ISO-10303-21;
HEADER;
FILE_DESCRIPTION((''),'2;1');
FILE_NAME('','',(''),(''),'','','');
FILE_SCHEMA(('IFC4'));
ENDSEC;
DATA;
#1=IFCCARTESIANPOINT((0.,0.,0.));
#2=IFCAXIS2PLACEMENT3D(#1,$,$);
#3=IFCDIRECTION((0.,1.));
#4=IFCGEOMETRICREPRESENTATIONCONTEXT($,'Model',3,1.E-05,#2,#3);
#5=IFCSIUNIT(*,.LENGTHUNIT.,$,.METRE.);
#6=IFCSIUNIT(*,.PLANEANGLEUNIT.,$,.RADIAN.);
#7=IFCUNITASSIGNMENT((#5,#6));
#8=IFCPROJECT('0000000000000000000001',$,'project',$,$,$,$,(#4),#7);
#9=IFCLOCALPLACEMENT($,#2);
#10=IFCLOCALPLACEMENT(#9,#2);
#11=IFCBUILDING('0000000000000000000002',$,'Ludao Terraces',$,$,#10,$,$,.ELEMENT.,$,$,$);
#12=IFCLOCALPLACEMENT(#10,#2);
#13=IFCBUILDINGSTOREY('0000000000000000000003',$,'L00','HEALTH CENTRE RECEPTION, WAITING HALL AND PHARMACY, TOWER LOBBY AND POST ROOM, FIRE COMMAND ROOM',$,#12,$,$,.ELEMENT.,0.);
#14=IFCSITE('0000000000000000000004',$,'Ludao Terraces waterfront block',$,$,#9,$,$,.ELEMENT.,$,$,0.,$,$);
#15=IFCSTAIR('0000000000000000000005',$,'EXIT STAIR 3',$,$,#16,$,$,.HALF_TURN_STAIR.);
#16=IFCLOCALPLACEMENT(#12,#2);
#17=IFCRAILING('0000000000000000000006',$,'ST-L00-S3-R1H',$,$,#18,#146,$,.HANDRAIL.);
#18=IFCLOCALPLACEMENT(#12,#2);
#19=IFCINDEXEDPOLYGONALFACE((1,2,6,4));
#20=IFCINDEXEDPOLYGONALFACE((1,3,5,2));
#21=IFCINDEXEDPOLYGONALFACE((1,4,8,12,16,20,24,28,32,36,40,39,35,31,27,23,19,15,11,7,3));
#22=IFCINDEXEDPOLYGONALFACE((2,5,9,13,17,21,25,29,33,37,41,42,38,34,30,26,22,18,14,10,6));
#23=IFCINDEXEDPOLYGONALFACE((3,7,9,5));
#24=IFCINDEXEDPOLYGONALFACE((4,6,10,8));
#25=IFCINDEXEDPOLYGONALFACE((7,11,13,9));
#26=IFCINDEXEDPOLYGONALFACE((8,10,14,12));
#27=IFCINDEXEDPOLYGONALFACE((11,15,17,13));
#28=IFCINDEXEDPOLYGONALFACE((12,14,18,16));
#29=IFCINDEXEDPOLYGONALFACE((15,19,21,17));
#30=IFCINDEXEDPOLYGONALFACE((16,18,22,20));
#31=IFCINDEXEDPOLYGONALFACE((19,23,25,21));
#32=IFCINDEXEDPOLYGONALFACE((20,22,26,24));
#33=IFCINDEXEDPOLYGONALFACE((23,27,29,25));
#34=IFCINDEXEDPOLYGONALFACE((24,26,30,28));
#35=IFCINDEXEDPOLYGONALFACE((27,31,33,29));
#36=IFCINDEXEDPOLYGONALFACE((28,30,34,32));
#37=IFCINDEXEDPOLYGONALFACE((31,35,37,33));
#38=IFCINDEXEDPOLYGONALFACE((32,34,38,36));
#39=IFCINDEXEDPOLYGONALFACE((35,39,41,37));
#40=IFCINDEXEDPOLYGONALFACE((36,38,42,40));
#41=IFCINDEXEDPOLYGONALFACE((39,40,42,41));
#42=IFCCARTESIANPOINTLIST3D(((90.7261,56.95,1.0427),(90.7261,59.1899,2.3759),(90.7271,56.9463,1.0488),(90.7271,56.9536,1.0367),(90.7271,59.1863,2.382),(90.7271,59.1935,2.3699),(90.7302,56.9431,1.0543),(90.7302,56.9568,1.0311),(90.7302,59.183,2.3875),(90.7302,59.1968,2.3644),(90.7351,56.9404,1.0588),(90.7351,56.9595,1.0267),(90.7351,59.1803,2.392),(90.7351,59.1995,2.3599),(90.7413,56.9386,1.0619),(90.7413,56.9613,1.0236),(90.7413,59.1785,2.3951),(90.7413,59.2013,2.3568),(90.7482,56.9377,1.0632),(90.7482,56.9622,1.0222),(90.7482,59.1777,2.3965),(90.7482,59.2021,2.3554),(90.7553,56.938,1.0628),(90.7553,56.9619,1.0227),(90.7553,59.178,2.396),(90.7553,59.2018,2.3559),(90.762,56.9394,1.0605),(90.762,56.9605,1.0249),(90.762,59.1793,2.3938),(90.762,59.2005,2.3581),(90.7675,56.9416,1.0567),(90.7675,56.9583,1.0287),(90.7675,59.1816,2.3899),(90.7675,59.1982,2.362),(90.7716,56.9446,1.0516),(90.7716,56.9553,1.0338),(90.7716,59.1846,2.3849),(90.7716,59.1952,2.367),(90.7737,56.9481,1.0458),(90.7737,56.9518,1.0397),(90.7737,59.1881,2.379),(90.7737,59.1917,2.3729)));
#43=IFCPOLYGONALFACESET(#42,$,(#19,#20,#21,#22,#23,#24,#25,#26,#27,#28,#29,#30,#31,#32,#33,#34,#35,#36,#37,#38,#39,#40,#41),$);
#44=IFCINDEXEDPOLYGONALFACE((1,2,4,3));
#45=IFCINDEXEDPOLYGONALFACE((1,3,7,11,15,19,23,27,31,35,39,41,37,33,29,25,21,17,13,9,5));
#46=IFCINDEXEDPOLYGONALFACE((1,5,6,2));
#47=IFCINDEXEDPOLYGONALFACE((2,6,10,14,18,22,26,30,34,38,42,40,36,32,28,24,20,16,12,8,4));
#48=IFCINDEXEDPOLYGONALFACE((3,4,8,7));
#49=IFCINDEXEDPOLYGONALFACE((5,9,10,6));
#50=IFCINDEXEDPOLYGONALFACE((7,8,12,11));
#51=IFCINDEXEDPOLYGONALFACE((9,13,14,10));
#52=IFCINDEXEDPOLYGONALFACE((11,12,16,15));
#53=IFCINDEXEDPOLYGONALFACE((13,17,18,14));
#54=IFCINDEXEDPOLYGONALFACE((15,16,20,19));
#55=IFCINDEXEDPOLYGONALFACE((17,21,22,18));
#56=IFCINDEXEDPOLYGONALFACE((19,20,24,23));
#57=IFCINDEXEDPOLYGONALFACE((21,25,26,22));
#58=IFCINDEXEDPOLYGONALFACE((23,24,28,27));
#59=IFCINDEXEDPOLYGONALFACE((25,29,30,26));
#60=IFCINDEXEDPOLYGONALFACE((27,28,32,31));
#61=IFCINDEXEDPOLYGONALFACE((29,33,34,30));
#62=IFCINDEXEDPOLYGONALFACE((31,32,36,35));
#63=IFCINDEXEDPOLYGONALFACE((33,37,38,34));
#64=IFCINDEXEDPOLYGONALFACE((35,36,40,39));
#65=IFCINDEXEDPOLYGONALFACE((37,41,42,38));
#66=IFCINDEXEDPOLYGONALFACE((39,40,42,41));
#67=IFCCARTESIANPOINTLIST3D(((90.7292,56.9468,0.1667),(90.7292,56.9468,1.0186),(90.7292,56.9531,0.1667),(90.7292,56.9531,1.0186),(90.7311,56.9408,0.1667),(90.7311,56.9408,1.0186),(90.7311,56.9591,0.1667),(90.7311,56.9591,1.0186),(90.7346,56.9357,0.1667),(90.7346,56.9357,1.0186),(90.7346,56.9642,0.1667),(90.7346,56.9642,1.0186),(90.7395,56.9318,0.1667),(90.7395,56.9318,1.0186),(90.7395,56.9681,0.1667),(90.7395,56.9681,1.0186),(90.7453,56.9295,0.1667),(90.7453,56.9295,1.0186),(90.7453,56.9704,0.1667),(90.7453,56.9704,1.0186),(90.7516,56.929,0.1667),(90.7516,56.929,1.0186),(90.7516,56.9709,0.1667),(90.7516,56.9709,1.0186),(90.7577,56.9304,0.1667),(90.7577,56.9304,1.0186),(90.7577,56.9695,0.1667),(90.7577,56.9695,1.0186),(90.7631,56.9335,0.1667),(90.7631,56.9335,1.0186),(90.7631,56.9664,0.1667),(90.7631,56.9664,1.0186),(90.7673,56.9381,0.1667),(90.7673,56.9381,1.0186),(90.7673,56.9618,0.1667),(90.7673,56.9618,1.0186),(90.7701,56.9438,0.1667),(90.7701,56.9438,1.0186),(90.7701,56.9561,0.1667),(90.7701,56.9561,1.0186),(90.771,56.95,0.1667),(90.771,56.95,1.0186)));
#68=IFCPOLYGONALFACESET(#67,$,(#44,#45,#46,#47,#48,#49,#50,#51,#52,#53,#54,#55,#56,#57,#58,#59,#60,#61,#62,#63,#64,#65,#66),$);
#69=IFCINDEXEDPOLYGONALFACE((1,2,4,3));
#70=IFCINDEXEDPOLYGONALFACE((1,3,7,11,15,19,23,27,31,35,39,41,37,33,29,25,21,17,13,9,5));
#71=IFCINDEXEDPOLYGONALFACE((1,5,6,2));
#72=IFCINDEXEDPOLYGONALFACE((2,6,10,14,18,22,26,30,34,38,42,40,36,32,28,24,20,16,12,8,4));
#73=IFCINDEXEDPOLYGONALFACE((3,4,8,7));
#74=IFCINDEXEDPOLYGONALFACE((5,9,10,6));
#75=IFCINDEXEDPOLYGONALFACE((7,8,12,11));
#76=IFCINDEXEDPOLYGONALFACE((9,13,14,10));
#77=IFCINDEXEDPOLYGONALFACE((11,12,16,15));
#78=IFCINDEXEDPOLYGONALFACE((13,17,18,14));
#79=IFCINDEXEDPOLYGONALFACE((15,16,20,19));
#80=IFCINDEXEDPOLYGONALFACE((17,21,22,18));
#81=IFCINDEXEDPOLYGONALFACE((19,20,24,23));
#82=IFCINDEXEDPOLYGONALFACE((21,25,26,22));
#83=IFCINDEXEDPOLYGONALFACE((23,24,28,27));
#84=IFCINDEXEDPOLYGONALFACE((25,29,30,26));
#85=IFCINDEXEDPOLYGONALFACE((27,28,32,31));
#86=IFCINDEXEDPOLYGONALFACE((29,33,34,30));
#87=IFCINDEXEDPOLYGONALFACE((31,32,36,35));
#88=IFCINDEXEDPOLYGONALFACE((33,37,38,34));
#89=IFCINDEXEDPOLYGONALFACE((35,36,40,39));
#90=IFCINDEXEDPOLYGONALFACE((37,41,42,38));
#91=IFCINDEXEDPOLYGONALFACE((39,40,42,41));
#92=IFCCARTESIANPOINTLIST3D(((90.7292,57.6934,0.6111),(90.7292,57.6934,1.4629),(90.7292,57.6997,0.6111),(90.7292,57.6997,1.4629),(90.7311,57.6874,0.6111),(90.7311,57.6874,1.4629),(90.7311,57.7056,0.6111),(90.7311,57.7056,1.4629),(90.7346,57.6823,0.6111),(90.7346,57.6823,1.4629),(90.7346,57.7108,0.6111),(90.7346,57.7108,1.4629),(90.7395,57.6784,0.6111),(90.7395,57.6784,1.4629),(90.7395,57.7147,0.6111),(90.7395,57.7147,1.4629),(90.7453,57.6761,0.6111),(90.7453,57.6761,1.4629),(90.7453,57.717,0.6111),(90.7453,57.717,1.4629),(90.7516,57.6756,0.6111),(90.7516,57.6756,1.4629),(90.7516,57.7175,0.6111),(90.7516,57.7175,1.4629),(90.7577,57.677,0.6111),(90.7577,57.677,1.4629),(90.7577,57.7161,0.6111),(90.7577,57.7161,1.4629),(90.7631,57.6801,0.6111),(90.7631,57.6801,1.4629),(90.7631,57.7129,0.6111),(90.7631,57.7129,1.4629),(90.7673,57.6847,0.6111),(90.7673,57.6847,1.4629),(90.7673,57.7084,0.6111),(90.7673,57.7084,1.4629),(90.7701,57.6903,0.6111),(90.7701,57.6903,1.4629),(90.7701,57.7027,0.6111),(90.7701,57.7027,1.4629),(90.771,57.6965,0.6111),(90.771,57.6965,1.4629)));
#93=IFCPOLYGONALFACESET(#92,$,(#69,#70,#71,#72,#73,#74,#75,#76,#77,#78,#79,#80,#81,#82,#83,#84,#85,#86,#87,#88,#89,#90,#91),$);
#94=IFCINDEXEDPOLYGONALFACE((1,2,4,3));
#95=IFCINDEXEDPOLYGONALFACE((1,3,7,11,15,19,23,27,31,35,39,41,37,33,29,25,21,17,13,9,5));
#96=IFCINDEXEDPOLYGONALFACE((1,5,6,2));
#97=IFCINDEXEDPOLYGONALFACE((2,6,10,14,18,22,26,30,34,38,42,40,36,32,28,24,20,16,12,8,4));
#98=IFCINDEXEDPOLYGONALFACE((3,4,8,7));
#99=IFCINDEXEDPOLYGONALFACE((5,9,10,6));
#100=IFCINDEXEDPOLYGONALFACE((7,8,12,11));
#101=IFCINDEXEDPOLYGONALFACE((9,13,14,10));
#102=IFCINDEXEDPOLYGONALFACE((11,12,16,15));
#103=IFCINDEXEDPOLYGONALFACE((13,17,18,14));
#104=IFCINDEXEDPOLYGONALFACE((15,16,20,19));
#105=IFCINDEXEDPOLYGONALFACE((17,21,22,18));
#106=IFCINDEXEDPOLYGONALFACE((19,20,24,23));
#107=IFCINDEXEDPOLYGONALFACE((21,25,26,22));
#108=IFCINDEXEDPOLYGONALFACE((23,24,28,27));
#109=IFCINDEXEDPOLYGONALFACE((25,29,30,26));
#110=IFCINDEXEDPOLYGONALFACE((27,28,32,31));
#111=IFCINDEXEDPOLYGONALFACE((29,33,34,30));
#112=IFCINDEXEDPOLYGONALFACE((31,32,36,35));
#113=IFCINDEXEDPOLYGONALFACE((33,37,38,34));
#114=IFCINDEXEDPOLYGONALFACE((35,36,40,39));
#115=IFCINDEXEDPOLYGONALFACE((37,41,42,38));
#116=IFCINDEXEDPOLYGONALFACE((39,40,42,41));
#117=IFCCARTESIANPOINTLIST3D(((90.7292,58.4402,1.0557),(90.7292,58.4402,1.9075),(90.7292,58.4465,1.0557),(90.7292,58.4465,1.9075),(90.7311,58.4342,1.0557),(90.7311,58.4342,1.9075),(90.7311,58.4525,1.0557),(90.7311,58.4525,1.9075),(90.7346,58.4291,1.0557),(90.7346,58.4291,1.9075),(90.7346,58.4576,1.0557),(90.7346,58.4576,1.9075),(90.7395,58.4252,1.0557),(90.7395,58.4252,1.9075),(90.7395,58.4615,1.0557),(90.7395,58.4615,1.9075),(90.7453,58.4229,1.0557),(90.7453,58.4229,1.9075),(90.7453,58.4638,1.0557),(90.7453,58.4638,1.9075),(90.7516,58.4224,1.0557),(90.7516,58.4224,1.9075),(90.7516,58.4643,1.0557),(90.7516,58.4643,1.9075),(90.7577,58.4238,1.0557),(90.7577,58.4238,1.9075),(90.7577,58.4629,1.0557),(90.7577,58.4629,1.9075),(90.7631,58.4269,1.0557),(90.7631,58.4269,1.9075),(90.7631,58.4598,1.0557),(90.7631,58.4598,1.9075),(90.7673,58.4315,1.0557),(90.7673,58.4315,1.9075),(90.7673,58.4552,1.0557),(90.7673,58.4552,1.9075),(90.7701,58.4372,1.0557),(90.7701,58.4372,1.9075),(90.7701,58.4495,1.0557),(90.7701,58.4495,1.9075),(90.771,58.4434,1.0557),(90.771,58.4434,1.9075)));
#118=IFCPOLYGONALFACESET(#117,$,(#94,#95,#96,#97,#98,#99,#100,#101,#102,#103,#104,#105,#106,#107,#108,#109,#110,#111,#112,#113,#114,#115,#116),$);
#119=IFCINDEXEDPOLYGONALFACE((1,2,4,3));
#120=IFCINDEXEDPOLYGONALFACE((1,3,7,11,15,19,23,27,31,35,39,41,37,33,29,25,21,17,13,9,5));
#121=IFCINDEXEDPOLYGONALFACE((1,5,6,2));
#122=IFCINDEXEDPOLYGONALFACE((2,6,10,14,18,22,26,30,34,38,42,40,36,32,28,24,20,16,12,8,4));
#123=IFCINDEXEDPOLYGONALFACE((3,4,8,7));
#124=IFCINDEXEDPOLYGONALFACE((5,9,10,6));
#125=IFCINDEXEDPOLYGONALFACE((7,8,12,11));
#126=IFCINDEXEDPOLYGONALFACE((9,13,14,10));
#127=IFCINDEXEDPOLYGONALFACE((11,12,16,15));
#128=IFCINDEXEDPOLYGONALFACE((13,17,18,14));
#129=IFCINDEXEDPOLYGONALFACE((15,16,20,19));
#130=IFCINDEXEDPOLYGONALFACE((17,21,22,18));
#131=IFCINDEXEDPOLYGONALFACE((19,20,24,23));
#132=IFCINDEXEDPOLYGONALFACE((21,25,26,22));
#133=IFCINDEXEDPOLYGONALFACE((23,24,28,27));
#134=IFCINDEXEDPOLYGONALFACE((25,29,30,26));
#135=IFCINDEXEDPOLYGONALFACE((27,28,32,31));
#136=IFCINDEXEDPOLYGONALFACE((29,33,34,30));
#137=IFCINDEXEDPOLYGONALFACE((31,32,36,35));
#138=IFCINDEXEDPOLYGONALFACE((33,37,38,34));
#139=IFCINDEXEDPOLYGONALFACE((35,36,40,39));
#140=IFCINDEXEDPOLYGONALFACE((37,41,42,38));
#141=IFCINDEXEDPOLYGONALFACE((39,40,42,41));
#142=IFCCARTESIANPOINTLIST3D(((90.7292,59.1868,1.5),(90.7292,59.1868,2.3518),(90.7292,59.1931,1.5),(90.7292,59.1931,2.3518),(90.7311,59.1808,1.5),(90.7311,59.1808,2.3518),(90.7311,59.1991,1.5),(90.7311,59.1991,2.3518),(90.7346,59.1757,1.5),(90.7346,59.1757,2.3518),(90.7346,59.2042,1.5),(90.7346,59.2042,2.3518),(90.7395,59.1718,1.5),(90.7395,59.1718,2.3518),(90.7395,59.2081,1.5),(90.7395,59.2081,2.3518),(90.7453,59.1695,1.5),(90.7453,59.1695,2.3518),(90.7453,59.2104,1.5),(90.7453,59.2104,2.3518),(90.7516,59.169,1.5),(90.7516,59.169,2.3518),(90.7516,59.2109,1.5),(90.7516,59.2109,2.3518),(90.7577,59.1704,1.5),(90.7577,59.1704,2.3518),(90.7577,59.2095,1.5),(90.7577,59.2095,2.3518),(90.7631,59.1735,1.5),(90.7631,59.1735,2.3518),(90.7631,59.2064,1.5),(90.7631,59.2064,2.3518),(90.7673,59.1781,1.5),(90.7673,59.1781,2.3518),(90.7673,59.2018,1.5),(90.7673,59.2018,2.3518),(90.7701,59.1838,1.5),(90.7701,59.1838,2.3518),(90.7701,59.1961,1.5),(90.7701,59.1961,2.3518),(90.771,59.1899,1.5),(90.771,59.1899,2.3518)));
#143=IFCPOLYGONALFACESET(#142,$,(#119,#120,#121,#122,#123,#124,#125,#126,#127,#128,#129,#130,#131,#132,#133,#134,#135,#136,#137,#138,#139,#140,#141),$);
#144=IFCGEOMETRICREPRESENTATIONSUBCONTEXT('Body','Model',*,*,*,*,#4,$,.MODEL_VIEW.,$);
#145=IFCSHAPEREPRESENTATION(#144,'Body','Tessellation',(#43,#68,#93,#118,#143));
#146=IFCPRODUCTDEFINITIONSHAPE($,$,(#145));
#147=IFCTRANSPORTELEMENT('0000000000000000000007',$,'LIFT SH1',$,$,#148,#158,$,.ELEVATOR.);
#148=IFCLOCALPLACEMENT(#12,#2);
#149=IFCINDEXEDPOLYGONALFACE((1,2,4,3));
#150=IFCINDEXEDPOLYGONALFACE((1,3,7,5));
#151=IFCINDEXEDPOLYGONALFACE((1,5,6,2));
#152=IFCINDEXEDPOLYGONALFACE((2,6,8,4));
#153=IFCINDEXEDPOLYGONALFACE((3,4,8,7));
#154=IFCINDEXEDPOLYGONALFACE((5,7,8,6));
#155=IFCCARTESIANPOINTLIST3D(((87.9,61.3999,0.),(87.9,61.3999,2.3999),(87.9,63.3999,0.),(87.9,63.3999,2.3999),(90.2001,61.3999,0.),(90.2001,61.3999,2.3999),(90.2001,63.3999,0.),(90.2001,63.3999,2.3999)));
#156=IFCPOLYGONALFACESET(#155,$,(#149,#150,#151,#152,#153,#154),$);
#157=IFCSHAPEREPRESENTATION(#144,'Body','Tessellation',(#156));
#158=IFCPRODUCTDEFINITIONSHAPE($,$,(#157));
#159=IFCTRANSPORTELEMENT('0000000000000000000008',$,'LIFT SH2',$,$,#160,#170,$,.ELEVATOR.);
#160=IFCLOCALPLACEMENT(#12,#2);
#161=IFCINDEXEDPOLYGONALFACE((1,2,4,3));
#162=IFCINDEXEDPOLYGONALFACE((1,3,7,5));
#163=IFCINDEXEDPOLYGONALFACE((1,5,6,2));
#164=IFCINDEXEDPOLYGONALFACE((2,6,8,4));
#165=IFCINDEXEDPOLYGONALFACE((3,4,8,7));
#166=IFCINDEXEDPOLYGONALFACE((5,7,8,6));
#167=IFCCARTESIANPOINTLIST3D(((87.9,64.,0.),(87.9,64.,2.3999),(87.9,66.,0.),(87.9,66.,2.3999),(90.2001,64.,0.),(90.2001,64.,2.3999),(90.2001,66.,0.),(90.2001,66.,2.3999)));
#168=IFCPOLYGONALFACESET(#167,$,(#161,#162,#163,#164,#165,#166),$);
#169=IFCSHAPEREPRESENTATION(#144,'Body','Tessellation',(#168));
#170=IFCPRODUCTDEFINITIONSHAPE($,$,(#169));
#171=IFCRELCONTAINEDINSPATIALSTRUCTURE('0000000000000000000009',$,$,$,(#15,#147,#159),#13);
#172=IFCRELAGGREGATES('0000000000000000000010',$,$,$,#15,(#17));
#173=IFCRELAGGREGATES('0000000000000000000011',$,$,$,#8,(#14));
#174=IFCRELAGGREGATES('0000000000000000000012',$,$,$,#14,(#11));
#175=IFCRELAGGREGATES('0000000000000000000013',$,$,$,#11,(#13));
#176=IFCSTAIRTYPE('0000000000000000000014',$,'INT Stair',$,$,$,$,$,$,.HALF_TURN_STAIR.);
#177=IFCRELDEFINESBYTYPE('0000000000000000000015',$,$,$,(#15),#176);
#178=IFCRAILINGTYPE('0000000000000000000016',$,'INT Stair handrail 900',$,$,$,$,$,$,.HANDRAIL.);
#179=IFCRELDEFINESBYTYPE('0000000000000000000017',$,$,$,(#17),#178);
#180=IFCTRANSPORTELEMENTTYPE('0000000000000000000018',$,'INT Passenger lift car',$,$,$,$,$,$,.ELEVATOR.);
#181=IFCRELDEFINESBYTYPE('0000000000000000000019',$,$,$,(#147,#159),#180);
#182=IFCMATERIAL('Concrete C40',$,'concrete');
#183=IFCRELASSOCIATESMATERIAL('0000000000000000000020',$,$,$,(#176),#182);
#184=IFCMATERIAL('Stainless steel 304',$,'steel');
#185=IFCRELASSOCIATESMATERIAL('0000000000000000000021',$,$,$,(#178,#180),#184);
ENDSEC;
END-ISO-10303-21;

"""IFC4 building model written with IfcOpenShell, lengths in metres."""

from ifc_helpers import new_model, si_unit, direction, frame, origin, origin_2d, place, context, subcontext, project, spatial, rectangle, circle, extrude, material, type_object, element, aggregate, save


model = new_model("IFC4")

# Units and contexts
model_context = context("Model", 3, precision=1e-05, world=origin(), true_north=direction((0.0, 1.0)))
body_context = subcontext(model_context, "Body", "Model", "MODEL_VIEW")
ifc_project = project(units=[si_unit("LENGTHUNIT", "METRE"), si_unit("PLANEANGLEUNIT", "RADIAN")], contexts=[model_context])

# Site, building, storey
site_placement = place(None, origin())
site = spatial("IfcSite", under=ifc_project, at=site_placement, Name="Ludao Terraces waterfront block", CompositionType="ELEMENT", RefElevation=0.0)
building_placement = place(site_placement, origin())
building = spatial("IfcBuilding", under=site, at=building_placement, Name="Ludao Terraces", CompositionType="ELEMENT")
storey_placement = place(building_placement, origin())
storey = spatial("IfcBuildingStorey", under=building, at=storey_placement, Name="L00", Description="HEALTH CENTRE RECEPTION, WAITING HALL AND PHARMACY, TOWER LOBBY AND POST ROOM, FIRE COMMAND ROOM", CompositionType="ELEMENT", Elevation=0.0)

# Shared definitions
ifc_material_1 = material(Name="Stainless steel 304", Category="steel")

# Stair, railing
ifc_material_2 = material(Name="Concrete C40", Category="concrete")
stair_type = type_object("IfcStairType", Name="INT Stair", PredefinedType="HALF_TURN_STAIR", material=ifc_material_2)
stair_placement = place(storey_placement, origin())
stair = element("IfcStair", 1, at=stair_placement, inside=storey, type_object=stair_type, Name="EXIT STAIR 3", PredefinedType="HALF_TURN_STAIR")
railing_type = type_object("IfcRailingType", Name="INT Stair handrail 900", PredefinedType="HANDRAIL", material=ifc_material_1)
railing_placement = place(storey_placement, frame((90.75, 56.95, 0.1667)))
railing = element("IfcRailing", 2, at=railing_placement, type_object=railing_type, Name="ST-L00-S3-R1H", PredefinedType="HANDRAIL", context=body_context, shape_type="SweptSolid", body=[
    extrude(circle(Radius=0.0239, at=origin_2d()), frame((0.0, 0.0, 0.876), z_axis=(0.0, 0.859306, 0.511462), x_axis=(-1.0, 0.0, 0.0)), (0.0, 0.0, 1.0), 2.6067),
    extrude(circle(Radius=0.021, at=origin_2d()), origin(), (0.0, 0.0, 1.0), 0.8518),
    extrude(circle(Radius=0.021, at=origin_2d()), frame((0.0, 0.7466, 0.4443)), (0.0, 0.0, 1.0), 0.8518),
    extrude(circle(Radius=0.021, at=origin_2d()), frame((0.0, 1.4934, 0.8889)), (0.0, 0.0, 1.0), 0.8518),
    extrude(circle(Radius=0.021, at=origin_2d()), frame((0.0, 2.24, 1.3333)), (0.0, 0.0, 1.0), 0.8518),
])
aggregate(stair, [railing])

# Transport elements
transport_element_type = type_object("IfcTransportElementType", Name="INT Passenger lift car", PredefinedType="ELEVATOR", material=ifc_material_1)
for number, where, z_axis, x_axis, name in (
    (3, (89.05, 62.3999, 0.0), (0.0, 0.0, 1.0), (1.0, 0.0, 0.0), "LIFT SH1"),
    (4, (89.05, 65.0, 0.0), (0.0, 0.0, 1.0), (1.0, 0.0, 0.0), "LIFT SH2"),
):
    element("IfcTransportElement", number, at=place(storey_placement, frame(where, z_axis=z_axis, x_axis=x_axis)), inside=storey, type_object=transport_element_type, Name=name, PredefinedType="ELEVATOR", context=body_context, shape_type="SweptSolid", body=[
        extrude(rectangle(XDim=2.3, YDim=2.0, at=origin_2d()), origin(), (0.0, 0.0, 1.0), 2.3999),
    ])

save(model, "model.ifc")
